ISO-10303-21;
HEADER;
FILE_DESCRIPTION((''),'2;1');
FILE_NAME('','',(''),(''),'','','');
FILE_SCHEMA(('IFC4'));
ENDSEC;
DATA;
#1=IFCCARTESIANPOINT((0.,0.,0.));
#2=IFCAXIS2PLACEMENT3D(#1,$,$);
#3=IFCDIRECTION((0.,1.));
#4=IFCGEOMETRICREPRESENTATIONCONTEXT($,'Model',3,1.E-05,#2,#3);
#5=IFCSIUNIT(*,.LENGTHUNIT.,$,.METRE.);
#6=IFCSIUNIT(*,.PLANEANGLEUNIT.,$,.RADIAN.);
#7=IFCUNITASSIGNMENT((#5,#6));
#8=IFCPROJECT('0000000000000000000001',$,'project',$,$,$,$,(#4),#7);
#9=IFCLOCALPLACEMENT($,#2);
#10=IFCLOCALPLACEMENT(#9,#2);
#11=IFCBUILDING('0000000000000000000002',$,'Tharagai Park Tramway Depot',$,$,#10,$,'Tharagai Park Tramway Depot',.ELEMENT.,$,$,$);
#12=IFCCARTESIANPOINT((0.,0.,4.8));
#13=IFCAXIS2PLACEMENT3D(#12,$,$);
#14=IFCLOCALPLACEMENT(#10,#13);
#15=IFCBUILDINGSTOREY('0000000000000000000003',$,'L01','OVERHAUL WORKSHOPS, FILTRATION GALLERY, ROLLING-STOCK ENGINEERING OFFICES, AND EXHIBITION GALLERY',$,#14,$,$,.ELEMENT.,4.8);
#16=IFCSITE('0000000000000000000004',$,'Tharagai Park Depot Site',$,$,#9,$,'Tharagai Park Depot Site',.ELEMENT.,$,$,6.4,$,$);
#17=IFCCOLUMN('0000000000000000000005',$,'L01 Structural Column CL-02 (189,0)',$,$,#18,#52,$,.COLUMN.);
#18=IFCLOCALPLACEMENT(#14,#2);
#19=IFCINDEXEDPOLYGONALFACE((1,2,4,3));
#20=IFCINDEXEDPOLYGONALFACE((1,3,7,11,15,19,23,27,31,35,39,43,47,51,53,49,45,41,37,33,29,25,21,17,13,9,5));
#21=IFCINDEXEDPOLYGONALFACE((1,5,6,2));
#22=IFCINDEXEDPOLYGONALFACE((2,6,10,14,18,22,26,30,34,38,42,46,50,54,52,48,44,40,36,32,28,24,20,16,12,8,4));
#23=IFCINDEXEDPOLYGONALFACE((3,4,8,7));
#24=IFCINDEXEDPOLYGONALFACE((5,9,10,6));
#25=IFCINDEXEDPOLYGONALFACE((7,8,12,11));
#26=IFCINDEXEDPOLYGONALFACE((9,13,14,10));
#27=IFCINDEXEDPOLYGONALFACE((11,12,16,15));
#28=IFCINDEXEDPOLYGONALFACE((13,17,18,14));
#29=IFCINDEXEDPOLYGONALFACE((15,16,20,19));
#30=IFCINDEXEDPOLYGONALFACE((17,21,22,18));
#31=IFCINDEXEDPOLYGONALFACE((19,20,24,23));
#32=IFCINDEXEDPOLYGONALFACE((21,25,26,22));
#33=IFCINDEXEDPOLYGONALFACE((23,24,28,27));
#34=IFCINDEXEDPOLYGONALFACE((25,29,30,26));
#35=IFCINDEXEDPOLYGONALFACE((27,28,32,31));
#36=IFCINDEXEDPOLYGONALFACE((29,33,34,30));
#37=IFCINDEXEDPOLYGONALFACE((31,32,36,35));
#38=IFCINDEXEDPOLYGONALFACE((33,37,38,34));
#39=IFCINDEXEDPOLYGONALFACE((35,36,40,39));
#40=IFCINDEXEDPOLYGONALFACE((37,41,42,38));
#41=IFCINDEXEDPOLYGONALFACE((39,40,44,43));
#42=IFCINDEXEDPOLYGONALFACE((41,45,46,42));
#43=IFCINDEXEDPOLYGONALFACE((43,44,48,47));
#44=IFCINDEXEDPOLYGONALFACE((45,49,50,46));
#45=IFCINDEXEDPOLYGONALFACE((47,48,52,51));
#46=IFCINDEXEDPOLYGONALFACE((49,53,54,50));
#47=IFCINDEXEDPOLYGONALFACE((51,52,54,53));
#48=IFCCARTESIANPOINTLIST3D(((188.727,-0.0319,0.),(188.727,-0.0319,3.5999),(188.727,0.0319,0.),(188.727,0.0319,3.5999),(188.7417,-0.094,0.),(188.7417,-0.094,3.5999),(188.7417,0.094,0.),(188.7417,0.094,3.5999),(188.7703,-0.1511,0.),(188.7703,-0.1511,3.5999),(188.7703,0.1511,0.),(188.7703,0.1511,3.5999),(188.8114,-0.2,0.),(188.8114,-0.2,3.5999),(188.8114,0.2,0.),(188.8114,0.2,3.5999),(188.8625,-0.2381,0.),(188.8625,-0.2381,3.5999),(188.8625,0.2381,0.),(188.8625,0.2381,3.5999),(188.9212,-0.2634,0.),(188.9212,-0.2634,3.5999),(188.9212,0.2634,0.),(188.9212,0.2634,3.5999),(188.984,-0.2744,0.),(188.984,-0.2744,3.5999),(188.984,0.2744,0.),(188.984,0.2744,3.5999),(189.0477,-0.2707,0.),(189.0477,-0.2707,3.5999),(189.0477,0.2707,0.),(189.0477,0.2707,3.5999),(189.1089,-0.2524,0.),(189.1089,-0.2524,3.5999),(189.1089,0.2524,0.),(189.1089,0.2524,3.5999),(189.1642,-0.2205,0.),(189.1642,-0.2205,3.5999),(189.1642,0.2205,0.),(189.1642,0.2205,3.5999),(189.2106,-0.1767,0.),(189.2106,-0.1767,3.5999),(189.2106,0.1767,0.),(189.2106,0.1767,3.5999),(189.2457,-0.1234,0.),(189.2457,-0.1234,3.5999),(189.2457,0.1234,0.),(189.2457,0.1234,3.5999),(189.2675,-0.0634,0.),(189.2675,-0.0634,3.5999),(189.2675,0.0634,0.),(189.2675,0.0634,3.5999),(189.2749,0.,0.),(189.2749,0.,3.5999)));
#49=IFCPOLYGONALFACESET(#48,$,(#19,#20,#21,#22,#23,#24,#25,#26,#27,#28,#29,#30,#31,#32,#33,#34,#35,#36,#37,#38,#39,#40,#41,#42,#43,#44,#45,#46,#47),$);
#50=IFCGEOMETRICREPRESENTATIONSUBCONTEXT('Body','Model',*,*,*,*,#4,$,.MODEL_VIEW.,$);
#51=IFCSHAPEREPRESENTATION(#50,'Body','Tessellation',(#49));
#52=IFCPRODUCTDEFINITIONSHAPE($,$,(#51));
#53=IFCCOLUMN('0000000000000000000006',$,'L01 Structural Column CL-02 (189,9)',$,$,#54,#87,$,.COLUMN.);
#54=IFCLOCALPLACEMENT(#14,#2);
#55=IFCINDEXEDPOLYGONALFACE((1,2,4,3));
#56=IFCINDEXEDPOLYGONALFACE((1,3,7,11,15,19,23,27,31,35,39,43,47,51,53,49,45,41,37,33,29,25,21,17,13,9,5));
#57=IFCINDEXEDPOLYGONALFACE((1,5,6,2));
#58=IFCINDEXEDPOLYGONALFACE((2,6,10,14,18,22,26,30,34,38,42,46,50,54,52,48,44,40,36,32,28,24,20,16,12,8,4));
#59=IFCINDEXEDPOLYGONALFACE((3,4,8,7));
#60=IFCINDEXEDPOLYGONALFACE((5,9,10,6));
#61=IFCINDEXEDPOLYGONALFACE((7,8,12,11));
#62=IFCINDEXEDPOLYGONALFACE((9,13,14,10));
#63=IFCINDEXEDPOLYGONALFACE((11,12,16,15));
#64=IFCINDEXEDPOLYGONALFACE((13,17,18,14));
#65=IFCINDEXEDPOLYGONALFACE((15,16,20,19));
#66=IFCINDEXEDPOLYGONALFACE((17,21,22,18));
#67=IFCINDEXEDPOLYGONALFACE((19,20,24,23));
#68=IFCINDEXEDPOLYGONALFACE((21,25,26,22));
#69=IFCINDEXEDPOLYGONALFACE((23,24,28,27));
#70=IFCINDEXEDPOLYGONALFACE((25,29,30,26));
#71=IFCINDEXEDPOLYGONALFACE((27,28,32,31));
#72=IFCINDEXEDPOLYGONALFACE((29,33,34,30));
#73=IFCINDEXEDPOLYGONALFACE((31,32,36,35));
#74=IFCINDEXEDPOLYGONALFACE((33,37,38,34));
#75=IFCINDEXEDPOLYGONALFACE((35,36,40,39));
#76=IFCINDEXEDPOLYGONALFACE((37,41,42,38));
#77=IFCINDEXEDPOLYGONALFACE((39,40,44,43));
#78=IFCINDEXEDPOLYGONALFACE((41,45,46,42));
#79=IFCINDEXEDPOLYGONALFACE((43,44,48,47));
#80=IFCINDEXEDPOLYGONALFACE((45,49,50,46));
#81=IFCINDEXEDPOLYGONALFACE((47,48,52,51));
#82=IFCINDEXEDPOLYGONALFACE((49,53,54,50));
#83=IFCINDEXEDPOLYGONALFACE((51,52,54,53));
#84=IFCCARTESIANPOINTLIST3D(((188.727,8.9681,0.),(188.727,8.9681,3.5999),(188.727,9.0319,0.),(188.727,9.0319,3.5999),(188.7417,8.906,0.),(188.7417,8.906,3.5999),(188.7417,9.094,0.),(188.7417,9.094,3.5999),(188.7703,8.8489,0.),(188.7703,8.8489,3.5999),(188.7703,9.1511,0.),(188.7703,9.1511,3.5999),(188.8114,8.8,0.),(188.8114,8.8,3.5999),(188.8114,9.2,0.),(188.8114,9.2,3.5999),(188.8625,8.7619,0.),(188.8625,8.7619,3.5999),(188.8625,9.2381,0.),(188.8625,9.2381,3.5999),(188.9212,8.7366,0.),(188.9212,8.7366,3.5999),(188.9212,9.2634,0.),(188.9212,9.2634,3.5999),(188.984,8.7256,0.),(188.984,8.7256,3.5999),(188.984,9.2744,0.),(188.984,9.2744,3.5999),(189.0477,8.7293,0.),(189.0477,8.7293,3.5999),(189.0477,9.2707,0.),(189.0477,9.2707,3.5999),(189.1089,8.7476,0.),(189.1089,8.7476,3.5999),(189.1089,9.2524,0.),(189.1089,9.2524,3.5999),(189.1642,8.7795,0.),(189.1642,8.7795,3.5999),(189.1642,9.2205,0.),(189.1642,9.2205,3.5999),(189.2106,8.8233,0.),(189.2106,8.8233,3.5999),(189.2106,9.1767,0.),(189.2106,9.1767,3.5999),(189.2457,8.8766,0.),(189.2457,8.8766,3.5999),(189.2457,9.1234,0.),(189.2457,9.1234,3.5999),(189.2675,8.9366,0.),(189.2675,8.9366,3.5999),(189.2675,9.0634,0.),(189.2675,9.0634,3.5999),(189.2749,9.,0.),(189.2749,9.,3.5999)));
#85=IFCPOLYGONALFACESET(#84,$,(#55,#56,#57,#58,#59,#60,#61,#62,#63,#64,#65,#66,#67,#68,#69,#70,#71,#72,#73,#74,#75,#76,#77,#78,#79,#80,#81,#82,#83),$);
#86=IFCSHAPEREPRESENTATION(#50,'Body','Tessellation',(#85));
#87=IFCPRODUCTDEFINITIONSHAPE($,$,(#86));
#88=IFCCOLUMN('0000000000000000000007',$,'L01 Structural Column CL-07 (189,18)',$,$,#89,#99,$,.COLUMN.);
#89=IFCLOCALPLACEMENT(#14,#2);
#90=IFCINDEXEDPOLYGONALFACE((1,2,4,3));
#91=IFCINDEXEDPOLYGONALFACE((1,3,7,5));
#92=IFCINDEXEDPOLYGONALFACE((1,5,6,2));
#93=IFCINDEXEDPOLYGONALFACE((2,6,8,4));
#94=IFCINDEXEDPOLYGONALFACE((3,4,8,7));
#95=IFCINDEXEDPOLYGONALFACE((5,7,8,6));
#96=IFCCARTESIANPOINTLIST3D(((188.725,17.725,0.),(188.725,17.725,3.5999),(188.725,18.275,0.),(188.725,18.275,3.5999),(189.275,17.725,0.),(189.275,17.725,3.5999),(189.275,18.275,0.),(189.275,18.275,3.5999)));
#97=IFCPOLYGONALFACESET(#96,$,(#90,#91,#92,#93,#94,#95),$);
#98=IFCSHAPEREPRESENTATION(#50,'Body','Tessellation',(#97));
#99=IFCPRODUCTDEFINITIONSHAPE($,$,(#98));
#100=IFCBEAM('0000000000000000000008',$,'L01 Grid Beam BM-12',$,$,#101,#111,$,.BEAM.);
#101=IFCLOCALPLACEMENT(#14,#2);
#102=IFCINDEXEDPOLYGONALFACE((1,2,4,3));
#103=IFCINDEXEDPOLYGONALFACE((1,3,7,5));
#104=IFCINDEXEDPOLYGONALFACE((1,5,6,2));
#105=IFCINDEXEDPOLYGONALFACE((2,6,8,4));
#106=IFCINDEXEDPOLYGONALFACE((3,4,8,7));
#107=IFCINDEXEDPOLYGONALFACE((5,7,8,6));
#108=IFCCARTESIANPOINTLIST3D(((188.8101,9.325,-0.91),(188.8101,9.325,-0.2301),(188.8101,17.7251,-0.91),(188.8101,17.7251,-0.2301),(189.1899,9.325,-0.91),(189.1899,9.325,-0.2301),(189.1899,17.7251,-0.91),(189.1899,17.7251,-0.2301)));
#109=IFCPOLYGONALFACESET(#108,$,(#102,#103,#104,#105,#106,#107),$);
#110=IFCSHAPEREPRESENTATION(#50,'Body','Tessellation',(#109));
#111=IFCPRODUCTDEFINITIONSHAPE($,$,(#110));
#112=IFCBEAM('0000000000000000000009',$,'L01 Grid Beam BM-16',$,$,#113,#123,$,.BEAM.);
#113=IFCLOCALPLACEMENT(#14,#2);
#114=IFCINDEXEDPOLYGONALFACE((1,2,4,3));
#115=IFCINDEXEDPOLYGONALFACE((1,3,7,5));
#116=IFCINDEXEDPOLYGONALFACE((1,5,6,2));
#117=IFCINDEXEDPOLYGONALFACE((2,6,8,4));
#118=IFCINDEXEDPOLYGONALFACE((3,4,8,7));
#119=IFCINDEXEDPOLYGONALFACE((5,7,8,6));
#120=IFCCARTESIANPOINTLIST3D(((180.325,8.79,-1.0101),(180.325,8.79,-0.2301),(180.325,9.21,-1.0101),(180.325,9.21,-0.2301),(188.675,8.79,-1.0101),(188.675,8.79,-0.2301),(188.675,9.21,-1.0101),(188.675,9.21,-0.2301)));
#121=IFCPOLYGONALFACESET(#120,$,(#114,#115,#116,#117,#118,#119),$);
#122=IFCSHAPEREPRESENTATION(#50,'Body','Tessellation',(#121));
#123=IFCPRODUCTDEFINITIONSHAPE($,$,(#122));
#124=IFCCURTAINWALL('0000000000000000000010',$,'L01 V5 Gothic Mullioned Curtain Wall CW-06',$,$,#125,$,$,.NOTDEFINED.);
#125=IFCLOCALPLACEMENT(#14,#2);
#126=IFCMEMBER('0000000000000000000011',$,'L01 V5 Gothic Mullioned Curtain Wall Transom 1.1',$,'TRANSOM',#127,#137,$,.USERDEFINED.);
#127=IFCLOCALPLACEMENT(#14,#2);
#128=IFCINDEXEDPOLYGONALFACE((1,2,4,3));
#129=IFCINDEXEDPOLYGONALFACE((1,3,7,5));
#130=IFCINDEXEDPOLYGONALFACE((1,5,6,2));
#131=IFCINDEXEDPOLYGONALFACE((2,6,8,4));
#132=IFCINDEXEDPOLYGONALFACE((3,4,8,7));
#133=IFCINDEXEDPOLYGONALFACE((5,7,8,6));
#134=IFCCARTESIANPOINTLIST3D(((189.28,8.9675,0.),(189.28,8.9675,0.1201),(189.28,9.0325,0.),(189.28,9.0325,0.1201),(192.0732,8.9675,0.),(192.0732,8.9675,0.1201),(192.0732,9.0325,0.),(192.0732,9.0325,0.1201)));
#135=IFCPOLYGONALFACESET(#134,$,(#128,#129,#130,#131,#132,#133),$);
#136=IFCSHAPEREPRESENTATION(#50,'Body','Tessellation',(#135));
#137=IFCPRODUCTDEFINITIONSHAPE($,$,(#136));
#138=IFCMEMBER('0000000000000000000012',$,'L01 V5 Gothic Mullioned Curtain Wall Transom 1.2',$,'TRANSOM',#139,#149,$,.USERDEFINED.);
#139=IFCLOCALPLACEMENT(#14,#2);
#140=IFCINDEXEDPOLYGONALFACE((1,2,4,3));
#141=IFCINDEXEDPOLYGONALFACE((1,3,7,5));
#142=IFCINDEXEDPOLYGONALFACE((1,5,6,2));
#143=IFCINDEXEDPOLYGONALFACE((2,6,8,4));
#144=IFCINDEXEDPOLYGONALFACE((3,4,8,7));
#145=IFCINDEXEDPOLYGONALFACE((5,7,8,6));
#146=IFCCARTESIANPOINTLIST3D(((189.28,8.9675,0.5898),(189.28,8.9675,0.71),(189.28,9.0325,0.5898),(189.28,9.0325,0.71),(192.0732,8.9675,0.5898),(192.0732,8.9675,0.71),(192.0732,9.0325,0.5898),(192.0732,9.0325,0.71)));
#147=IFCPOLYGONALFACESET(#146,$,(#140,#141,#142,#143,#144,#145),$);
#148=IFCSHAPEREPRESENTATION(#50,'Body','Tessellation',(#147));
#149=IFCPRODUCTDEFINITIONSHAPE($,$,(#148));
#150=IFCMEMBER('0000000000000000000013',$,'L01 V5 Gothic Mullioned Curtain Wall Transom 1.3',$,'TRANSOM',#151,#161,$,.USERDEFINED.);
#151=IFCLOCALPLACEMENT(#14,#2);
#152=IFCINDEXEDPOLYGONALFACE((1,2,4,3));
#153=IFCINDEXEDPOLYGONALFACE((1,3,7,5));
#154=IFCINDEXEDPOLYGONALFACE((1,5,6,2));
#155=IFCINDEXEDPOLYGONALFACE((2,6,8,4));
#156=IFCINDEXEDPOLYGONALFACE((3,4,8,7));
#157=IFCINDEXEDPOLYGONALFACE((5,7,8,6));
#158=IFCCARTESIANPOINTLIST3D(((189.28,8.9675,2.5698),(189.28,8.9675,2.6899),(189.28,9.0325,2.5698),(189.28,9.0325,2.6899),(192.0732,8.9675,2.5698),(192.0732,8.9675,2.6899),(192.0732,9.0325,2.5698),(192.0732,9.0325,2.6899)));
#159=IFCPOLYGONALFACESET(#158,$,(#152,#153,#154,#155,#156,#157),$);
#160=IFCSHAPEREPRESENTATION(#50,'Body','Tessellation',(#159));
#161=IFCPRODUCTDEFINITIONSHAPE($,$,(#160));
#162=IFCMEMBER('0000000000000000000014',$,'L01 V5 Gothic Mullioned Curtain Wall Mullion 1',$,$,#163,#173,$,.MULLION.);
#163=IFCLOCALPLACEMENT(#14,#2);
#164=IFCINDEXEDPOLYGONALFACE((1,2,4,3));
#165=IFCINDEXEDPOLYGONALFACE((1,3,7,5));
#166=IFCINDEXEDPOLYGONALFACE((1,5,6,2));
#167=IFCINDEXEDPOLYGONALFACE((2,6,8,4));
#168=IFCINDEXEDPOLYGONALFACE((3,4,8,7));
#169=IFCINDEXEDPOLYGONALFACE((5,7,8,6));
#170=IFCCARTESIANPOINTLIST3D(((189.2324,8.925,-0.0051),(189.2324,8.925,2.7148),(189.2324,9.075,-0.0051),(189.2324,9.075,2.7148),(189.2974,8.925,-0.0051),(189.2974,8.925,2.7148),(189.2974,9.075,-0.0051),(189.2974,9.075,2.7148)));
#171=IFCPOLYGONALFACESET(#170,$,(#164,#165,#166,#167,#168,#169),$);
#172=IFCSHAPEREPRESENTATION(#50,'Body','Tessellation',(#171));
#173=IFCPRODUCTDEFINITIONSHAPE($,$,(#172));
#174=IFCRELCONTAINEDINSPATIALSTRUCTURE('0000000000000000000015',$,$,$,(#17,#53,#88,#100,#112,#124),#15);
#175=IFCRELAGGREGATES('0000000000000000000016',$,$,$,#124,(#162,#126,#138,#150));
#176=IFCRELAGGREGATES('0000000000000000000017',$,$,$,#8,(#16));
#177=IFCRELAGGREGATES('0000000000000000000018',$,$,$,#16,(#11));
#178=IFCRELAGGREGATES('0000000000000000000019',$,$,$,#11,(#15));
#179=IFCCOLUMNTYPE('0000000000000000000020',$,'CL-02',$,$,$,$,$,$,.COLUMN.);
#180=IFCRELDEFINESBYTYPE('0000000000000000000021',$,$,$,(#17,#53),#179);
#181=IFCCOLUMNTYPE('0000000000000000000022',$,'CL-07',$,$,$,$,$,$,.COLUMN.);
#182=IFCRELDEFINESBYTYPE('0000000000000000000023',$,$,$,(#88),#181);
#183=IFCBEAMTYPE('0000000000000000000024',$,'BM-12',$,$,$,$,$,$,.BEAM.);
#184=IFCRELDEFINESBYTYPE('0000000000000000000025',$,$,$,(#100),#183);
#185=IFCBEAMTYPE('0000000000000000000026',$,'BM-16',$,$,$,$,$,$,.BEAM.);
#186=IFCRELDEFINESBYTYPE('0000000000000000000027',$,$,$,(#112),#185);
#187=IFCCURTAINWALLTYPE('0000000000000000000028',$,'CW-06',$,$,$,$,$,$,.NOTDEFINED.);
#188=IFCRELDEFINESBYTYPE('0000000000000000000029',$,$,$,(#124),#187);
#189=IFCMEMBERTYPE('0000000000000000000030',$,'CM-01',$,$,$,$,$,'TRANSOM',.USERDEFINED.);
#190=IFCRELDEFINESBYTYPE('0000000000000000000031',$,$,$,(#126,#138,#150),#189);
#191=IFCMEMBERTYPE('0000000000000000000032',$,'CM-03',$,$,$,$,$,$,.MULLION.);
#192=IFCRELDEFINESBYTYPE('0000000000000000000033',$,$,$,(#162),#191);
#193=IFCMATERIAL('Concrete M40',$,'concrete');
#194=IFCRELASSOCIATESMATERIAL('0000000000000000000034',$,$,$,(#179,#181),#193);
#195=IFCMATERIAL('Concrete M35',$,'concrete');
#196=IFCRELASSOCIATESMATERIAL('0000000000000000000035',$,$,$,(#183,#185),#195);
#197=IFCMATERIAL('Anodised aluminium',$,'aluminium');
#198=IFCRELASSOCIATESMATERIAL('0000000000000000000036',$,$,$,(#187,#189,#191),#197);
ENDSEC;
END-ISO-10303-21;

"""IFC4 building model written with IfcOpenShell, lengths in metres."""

from ifc_helpers import new_model, si_unit, direction, frame, origin, origin_2d, place, context, subcontext, project, spatial, rectangle, circle, extrude, material, material_profile, profile_set, type_object, element, aggregate, save


model = new_model("IFC4")

# Units and contexts
model_context = context("Model", 3, precision=1e-05, world=origin(), true_north=direction((0.0, 1.0)))
body_context = subcontext(model_context, "Body", "Model", "MODEL_VIEW")
ifc_project = project(units=[si_unit("LENGTHUNIT", "METRE"), si_unit("PLANEANGLEUNIT", "RADIAN")], contexts=[model_context])

# Site, building, storey
site_placement = place(None, origin())
site = spatial("IfcSite", under=ifc_project, at=site_placement, Name="Tharagai Park Depot Site", LongName="Tharagai Park Depot Site", CompositionType="ELEMENT", RefElevation=6.4)
building_placement = place(site_placement, origin())
building = spatial("IfcBuilding", under=site, at=building_placement, Name="Tharagai Park Tramway Depot", LongName="Tharagai Park Tramway Depot", CompositionType="ELEMENT")
storey_placement = place(building_placement, frame((0.0, 0.0, 4.8)))
storey = spatial("IfcBuildingStorey", under=building, at=storey_placement, Name="L01", Description="OVERHAUL WORKSHOPS, FILTRATION GALLERY, ROLLING-STOCK ENGINEERING OFFICES, AND EXHIBITION GALLERY", CompositionType="ELEMENT", Elevation=4.8)

# Columns
ifc_material_1 = material(Name="Concrete M40", Category="concrete")
ifc_material_profile_1 = material_profile(ifc_material_1, circle(Radius=0.2749, at=origin_2d()), Name="RC D550")
ifc_profile_set_1 = profile_set([ifc_material_profile_1], Name="Concrete M40")
column_type_1 = type_object("IfcColumnType", Name="CL-02", PredefinedType="COLUMN", material=ifc_profile_set_1)
for number, where, z_axis, x_axis, name in (
    (1, (189.0, 0.0, 0.0), (0.0, 0.0, 1.0), (1.0, 0.0, 0.0), "L01 Structural Column CL-02 (189,0)"),
    (2, (189.0, 9.0, 0.0), (0.0, 0.0, 1.0), (1.0, 0.0, 0.0), "L01 Structural Column CL-02 (189,9)"),
):
    element("IfcColumn", number, at=place(storey_placement, frame(where, z_axis=z_axis, x_axis=x_axis)), inside=storey, type_object=column_type_1, Name=name, PredefinedType="COLUMN", context=body_context, shape_type="SweptSolid", body=[
        extrude(circle(Radius=0.2749, at=origin_2d()), origin(), (0.0, 0.0, 1.0), 3.5999),
    ])
ifc_material_profile_2 = material_profile(ifc_material_1, rectangle(XDim=0.55, YDim=0.55, at=origin_2d()), Name="RC 550x550")
ifc_profile_set_2 = profile_set([ifc_material_profile_2], Name="Concrete M40")
column_type_2 = type_object("IfcColumnType", Name="CL-07", PredefinedType="COLUMN", material=ifc_profile_set_2)
column_placement = place(storey_placement, frame((189.0, 18.0, 0.0), z_axis=(0.0, 0.0, 1.0), x_axis=(1.0, 0.0, 0.0)))
element("IfcColumn", 3, at=column_placement, inside=storey, type_object=column_type_2, Name="L01 Structural Column CL-07 (189,18)", PredefinedType="COLUMN", context=body_context, shape_type="SweptSolid", body=[
    extrude(rectangle(XDim=0.55, YDim=0.55, at=origin_2d()), origin(), (0.0, 0.0, 1.0), 3.5999),
])

# Beams
ifc_material_2 = material(Name="Concrete M35", Category="concrete")
ifc_material_profile_3 = material_profile(ifc_material_2, rectangle(XDim=0.3799, YDim=0.6799, at=origin_2d()), Name="RC 380x680")
ifc_profile_set_3 = profile_set([ifc_material_profile_3], Name="Concrete M35")
beam_type_1 = type_object("IfcBeamType", Name="BM-12", PredefinedType="BEAM", material=ifc_profile_set_3)
beam_1_placement = place(storey_placement, frame((189.0, 9.325, -0.5701), z_axis=(0.0, 1.0, 0.0), x_axis=(-1.0, 0.0, 0.0)))
element("IfcBeam", 4, at=beam_1_placement, inside=storey, type_object=beam_type_1, Name="L01 Grid Beam BM-12", PredefinedType="BEAM", context=body_context, shape_type="SweptSolid", body=[
    extrude(rectangle(XDim=0.3799, YDim=0.6799, at=origin_2d()), origin(), (0.0, 0.0, 1.0), 8.4001),
])
ifc_material_profile_4 = material_profile(ifc_material_2, rectangle(XDim=0.4199, YDim=0.78, at=origin_2d()), Name="RC 420x780")
ifc_profile_set_4 = profile_set([ifc_material_profile_4], Name="Concrete M35")
beam_type_2 = type_object("IfcBeamType", Name="BM-16", PredefinedType="BEAM", material=ifc_profile_set_4)
beam_2_placement = place(storey_placement, frame((180.325, 9.0, -0.6201), z_axis=(1.0, 0.0, 0.0), x_axis=(0.0, 1.0, 0.0)))
element("IfcBeam", 5, at=beam_2_placement, inside=storey, type_object=beam_type_2, Name="L01 Grid Beam BM-16", PredefinedType="BEAM", context=body_context, shape_type="SweptSolid", body=[
    extrude(rectangle(XDim=0.4199, YDim=0.78, at=origin_2d()), origin(), (0.0, 0.0, 1.0), 8.3501),
])

# Curtain wall, members
ifc_material_3 = material(Name="Anodised aluminium", Category="aluminium")
curtain_wall_type = type_object("IfcCurtainWallType", Name="CW-06", PredefinedType="NOTDEFINED", material=ifc_material_3)
curtain_wall_placement = place(storey_placement, origin())
curtain_wall = element("IfcCurtainWall", 6, at=curtain_wall_placement, inside=storey, type_object=curtain_wall_type, Name="L01 V5 Gothic Mullioned Curtain Wall CW-06", PredefinedType="NOTDEFINED")
ifc_material_profile_5 = material_profile(ifc_material_3, rectangle(XDim=0.0649, YDim=0.1201, at=origin_2d()), Name="ALU 65x120")
ifc_profile_set_5 = profile_set([ifc_material_profile_5], Name="Anodised aluminium")
member_type_1 = type_object("IfcMemberType", Name="CM-01", ElementType="TRANSOM", PredefinedType="USERDEFINED", material=ifc_profile_set_5)
member_1_placement = place(storey_placement, frame((189.28, 9.0, 0.0601), z_axis=(1.0, 0.0, 0.0), x_axis=(0.0, 1.0, 0.0)))
member_1 = element("IfcMember", 7, at=member_1_placement, type_object=member_type_1, Name="L01 V5 Gothic Mullioned Curtain Wall Transom 1.1", ObjectType="TRANSOM", PredefinedType="USERDEFINED", context=body_context, shape_type="SweptSolid", body=[
    extrude(rectangle(XDim=0.0649, YDim=0.1201, at=origin_2d()), origin(), (0.0, 0.0, 1.0), 2.7932),
])
member_2_placement = place(storey_placement, frame((189.28, 9.0, 0.6499), z_axis=(1.0, 0.0, 0.0), x_axis=(0.0, 1.0, 0.0)))
member_2 = element("IfcMember", 8, at=member_2_placement, type_object=member_type_1, Name="L01 V5 Gothic Mullioned Curtain Wall Transom 1.2", ObjectType="TRANSOM", PredefinedType="USERDEFINED", context=body_context, shape_type="SweptSolid", body=[
    extrude(rectangle(XDim=0.0649, YDim=0.1201, at=origin_2d()), origin(), (0.0, 0.0, 1.0), 2.7932),
])
member_3_placement = place(storey_placement, frame((189.28, 9.0, 2.6299), z_axis=(1.0, 0.0, 0.0), x_axis=(0.0, 1.0, 0.0)))
member_3 = element("IfcMember", 9, at=member_3_placement, type_object=member_type_1, Name="L01 V5 Gothic Mullioned Curtain Wall Transom 1.3", ObjectType="TRANSOM", PredefinedType="USERDEFINED", context=body_context, shape_type="SweptSolid", body=[
    extrude(rectangle(XDim=0.0649, YDim=0.1201, at=origin_2d()), origin(), (0.0, 0.0, 1.0), 2.7932),
])
ifc_material_profile_6 = material_profile(ifc_material_3, rectangle(XDim=0.0649, YDim=0.1499, at=origin_2d()), Name="ALU 65x150")
ifc_profile_set_6 = profile_set([ifc_material_profile_6], Name="Anodised aluminium")
member_type_2 = type_object("IfcMemberType", Name="CM-03", PredefinedType="MULLION", material=ifc_profile_set_6)
member_4_placement = place(storey_placement, frame((189.2649, 9.0, -0.0051), z_axis=(0.0, 0.0, 1.0), x_axis=(1.0, 0.0, 0.0)))
member_4 = element("IfcMember", 10, at=member_4_placement, type_object=member_type_2, Name="L01 V5 Gothic Mullioned Curtain Wall Mullion 1", PredefinedType="MULLION", context=body_context, shape_type="SweptSolid", body=[
    extrude(rectangle(XDim=0.0649, YDim=0.1499, at=origin_2d()), origin(), (0.0, 0.0, 1.0), 2.72),
])
aggregate(curtain_wall, [member_4, member_1, member_2, member_3])

save(model, "model.ifc")
